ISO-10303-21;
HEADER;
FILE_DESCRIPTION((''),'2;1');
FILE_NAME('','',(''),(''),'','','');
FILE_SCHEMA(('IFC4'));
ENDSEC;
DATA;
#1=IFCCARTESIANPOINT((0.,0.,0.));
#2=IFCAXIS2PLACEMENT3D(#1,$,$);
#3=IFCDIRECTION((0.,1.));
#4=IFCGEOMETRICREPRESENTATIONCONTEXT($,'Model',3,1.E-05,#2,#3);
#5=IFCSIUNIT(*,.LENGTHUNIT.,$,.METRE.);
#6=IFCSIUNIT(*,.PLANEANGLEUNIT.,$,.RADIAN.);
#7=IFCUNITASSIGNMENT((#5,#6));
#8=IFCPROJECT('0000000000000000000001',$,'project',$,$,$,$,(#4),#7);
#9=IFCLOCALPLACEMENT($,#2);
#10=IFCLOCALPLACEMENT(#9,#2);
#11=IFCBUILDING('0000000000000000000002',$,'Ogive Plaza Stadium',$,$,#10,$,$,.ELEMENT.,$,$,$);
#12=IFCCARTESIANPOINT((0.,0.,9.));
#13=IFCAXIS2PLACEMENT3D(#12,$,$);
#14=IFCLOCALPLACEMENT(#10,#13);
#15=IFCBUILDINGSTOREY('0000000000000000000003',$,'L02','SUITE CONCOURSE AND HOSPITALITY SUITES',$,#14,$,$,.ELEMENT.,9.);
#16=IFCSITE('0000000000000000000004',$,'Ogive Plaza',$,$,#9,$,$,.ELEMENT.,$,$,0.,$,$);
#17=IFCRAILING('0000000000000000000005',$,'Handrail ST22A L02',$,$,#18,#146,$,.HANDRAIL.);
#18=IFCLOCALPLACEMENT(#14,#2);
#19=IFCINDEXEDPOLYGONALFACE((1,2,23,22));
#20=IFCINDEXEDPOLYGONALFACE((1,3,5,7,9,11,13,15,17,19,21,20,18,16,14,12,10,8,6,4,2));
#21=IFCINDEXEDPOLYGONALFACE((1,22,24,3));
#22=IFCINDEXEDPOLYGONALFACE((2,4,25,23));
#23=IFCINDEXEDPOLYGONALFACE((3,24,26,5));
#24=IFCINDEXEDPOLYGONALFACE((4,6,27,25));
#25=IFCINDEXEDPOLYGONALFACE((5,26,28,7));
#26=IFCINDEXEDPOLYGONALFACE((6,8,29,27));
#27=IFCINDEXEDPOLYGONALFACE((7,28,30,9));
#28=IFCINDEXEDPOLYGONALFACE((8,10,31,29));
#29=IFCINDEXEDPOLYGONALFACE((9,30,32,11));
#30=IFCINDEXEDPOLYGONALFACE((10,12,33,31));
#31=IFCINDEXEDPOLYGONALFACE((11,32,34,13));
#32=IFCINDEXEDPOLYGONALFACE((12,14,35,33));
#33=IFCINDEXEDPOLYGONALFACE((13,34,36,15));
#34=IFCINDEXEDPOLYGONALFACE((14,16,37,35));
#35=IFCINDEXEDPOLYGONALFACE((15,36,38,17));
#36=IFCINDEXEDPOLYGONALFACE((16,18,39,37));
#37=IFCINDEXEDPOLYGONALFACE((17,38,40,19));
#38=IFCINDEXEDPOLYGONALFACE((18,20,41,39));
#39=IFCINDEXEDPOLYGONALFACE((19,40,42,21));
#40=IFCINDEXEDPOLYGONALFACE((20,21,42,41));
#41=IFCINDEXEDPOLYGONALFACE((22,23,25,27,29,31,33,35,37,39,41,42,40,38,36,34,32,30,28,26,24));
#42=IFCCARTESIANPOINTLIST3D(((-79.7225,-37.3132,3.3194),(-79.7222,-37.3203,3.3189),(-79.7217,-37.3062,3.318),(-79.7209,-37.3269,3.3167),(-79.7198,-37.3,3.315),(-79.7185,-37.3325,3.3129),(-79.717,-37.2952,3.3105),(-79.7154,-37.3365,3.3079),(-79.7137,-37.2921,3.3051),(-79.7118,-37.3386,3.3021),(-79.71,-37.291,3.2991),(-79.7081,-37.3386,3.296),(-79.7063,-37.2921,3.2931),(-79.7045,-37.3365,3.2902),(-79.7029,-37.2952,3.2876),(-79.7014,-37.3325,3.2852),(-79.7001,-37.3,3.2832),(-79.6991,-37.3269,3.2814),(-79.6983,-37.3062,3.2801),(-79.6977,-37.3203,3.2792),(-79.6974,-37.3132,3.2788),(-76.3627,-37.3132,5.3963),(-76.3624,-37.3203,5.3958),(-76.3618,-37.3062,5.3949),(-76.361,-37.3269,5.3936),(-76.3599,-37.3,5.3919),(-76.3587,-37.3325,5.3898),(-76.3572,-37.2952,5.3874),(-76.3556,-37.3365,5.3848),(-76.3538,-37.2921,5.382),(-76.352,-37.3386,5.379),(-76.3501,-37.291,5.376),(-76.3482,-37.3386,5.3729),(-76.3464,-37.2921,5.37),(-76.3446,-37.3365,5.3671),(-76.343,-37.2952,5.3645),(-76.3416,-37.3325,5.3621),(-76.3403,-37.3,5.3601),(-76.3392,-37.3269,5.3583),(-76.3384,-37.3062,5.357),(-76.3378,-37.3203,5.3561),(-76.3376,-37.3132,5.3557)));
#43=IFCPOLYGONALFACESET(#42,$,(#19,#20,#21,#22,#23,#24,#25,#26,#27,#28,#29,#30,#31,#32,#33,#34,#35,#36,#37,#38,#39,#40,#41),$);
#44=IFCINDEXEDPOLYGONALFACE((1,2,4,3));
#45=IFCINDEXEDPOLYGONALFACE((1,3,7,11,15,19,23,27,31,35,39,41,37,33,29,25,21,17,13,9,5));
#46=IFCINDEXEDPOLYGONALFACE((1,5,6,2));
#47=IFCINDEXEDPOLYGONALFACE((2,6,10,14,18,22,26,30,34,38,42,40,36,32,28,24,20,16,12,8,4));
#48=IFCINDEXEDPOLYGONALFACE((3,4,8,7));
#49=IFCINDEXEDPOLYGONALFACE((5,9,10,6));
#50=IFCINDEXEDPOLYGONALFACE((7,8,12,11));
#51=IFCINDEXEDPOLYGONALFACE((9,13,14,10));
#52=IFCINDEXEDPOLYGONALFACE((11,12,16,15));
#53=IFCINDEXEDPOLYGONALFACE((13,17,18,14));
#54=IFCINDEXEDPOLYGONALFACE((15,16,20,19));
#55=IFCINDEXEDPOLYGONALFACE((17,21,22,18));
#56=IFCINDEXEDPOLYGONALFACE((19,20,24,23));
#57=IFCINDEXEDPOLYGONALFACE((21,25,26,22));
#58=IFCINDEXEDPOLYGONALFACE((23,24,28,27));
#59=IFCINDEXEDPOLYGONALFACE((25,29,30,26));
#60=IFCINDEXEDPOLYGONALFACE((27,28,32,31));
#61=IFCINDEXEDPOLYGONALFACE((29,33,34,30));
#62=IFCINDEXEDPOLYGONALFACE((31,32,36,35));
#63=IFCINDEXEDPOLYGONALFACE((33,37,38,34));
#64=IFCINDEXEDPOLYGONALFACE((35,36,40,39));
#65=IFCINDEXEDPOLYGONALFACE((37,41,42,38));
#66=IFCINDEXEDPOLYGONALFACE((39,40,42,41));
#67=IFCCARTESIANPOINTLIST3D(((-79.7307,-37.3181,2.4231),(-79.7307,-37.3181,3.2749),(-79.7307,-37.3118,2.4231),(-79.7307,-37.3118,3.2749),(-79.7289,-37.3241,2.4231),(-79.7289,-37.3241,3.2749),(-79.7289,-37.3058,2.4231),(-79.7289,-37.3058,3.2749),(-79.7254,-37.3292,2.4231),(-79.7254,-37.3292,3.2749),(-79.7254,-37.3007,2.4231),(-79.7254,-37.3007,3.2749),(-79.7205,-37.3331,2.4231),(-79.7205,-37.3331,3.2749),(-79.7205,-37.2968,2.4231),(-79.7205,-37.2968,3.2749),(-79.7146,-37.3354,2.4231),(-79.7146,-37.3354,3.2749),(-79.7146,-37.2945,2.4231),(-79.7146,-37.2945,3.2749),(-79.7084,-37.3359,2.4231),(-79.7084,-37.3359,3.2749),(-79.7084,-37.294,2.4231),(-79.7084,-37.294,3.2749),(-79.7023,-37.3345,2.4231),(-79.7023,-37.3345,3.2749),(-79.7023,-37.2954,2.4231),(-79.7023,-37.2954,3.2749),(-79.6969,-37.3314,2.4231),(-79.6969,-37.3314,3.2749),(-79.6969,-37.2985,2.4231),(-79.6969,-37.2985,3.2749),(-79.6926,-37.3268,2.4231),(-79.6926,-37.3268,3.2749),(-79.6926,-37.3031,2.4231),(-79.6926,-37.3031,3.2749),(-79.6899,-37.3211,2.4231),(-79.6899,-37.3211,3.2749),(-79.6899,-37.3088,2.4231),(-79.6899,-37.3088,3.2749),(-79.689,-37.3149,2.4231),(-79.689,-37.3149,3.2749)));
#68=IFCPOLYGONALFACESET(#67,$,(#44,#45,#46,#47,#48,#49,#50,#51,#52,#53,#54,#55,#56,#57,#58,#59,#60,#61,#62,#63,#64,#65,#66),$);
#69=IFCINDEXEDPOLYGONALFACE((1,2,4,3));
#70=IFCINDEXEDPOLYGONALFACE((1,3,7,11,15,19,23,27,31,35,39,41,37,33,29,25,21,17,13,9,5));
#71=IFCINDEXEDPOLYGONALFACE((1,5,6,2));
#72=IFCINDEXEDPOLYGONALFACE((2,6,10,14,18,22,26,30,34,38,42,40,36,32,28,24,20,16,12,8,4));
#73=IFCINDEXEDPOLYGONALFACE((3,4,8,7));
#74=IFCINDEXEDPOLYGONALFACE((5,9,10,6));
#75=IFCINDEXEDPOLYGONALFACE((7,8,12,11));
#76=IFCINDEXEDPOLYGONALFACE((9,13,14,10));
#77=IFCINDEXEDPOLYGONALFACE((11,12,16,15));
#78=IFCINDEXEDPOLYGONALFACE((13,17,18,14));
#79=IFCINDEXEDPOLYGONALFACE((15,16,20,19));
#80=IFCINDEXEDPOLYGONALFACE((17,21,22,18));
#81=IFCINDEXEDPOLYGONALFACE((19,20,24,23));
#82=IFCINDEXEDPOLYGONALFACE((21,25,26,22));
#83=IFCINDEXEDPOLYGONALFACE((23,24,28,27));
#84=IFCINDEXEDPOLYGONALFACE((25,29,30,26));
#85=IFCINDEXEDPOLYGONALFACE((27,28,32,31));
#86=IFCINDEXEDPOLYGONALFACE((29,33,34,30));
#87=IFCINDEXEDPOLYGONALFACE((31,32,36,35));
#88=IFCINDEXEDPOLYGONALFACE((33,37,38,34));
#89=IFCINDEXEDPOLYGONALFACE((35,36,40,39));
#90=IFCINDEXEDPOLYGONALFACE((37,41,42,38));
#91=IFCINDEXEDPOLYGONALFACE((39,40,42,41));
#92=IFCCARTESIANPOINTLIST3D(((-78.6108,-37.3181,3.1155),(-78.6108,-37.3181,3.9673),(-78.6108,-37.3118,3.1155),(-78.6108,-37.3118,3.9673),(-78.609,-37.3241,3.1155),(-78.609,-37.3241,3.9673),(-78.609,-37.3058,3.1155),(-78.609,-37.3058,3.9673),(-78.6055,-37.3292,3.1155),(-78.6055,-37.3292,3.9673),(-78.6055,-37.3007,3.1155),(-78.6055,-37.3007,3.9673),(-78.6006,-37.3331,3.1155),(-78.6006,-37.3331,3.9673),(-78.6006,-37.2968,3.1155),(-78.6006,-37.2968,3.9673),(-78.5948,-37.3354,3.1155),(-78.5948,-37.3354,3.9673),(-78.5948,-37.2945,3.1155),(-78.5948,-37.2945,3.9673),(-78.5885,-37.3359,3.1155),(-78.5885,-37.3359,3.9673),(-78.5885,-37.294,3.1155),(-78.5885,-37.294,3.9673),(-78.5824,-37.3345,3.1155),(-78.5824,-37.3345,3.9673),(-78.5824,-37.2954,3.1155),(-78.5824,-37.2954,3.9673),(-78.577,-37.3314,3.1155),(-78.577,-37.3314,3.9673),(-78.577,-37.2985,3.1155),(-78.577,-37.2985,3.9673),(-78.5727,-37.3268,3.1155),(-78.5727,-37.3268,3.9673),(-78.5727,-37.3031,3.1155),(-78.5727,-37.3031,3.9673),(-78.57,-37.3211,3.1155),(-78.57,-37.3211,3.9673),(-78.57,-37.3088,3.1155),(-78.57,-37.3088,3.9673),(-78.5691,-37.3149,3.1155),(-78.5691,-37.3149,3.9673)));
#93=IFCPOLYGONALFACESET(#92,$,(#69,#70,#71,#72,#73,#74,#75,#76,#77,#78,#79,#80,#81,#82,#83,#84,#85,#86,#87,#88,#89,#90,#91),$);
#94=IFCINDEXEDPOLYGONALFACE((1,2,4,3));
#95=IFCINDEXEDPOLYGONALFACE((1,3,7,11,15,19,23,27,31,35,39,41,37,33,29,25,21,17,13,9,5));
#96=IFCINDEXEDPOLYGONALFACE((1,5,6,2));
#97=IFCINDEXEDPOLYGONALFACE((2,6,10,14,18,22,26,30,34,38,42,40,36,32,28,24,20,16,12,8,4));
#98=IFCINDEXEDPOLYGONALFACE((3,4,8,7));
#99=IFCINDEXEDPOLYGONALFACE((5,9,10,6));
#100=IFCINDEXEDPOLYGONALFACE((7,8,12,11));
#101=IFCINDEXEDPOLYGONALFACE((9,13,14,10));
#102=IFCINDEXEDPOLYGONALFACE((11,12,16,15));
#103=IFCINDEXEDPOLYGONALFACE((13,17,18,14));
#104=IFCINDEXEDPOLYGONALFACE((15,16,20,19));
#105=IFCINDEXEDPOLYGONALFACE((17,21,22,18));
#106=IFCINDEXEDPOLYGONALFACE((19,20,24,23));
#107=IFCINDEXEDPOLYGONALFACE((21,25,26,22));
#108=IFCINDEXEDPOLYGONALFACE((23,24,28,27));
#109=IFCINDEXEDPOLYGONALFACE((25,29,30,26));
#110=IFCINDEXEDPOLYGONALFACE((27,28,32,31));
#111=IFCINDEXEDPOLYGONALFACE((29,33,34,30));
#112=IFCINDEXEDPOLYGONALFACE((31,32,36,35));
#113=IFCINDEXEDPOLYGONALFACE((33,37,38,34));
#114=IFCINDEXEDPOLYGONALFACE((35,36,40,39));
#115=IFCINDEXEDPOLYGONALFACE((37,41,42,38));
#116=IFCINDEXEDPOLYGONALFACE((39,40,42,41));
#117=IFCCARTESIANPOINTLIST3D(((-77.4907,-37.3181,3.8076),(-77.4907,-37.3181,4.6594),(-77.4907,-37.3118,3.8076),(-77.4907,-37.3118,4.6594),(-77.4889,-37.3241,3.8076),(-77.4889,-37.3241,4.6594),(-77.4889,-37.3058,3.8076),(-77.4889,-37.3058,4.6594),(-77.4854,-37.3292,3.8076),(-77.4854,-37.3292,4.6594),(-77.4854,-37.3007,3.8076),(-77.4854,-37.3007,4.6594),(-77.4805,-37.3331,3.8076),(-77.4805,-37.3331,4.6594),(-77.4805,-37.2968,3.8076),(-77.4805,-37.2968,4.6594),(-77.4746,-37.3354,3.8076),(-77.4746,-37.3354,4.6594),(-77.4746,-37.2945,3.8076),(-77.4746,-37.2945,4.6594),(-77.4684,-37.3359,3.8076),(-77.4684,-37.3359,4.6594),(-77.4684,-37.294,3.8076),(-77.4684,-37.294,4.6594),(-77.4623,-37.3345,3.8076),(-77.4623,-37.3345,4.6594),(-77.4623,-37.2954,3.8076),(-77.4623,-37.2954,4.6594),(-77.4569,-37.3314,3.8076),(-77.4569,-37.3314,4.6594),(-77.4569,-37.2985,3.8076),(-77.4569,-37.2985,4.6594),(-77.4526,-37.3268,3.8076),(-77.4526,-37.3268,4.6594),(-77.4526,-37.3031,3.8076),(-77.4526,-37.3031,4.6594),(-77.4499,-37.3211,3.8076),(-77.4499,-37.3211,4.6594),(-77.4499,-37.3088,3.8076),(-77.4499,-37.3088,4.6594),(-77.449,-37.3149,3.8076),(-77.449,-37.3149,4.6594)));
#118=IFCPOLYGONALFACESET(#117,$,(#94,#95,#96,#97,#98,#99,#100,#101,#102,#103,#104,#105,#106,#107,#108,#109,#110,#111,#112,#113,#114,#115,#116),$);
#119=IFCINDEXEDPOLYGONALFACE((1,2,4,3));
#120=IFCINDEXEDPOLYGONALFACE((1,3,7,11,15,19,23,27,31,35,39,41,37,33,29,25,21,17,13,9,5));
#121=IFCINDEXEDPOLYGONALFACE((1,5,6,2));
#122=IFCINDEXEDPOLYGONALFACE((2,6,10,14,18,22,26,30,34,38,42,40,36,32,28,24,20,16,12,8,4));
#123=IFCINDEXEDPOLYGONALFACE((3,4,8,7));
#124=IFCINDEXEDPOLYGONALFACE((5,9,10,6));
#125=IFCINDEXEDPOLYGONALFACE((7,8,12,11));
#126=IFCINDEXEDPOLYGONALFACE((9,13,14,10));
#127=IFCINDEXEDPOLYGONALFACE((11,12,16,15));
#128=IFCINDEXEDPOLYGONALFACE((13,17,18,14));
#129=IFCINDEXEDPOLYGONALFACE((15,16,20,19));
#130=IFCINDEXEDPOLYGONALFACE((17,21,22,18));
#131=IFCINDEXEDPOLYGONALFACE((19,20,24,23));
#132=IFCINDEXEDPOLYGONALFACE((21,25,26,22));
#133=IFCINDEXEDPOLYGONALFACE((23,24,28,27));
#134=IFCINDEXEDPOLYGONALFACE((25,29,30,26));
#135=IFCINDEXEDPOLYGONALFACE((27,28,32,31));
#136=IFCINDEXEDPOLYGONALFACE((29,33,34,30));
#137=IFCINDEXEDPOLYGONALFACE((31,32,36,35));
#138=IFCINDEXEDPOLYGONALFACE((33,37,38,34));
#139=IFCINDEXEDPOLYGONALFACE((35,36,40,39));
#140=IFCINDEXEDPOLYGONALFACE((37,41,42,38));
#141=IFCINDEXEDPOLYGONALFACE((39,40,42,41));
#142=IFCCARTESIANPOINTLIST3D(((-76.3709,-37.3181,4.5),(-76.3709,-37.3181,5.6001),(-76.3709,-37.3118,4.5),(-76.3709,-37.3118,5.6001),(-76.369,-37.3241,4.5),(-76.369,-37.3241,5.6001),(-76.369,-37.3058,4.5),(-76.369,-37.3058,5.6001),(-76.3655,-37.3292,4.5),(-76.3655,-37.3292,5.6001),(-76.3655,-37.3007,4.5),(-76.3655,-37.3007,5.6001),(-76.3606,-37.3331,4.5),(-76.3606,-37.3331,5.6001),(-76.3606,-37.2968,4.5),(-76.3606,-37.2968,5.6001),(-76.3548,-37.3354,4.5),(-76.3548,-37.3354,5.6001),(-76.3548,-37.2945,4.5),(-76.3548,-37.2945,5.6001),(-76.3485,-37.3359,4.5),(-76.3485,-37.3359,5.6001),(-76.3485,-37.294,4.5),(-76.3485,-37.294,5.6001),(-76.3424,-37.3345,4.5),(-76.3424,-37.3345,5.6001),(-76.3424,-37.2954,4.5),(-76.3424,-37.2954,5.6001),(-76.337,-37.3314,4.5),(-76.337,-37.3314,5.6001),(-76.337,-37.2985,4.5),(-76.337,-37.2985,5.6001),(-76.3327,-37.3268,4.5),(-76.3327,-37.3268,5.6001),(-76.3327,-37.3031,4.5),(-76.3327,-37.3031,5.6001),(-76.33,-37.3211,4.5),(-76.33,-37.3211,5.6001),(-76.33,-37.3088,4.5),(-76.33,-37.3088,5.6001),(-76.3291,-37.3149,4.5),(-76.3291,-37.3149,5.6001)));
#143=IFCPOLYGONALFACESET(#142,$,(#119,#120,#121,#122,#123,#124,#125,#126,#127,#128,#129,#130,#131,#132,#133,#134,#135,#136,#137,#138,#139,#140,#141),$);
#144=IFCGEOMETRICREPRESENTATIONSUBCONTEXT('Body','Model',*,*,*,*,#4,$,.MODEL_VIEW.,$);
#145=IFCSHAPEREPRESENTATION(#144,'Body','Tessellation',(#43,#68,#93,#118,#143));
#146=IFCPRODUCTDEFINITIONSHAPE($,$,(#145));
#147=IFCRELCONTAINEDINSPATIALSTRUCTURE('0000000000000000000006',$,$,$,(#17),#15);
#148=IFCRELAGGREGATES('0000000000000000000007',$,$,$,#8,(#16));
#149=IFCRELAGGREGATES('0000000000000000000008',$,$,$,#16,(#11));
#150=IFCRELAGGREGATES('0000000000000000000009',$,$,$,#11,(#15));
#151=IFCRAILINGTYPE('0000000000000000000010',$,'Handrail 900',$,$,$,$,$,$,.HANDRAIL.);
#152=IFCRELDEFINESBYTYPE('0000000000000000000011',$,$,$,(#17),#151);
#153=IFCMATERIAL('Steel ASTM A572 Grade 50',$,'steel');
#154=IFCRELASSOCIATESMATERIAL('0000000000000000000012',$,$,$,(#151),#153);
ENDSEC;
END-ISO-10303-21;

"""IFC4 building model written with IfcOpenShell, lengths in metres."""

from ifc_helpers import new_model, si_unit, direction, frame, origin, origin_2d, place, context, subcontext, project, spatial, circle, extrude, material, type_object, element, save


model = new_model("IFC4")

# Units and contexts
model_context = context("Model", 3, precision=1e-05, world=origin(), true_north=direction((0.0, 1.0)))
body_context = subcontext(model_context, "Body", "Model", "MODEL_VIEW")
ifc_project = project(units=[si_unit("LENGTHUNIT", "METRE"), si_unit("PLANEANGLEUNIT", "RADIAN")], contexts=[model_context])

# Site, building, storey
site_placement = place(None, origin())
site = spatial("IfcSite", under=ifc_project, at=site_placement, Name="Ogive Plaza", CompositionType="ELEMENT", RefElevation=0.0)
building_placement = place(site_placement, origin())
building = spatial("IfcBuilding", under=site, at=building_placement, Name="Ogive Plaza Stadium", CompositionType="ELEMENT")
storey_placement = place(building_placement, frame((0.0, 0.0, 9.0)))
storey = spatial("IfcBuildingStorey", under=building, at=storey_placement, Name="L02", Description="SUITE CONCOURSE AND HOSPITALITY SUITES", CompositionType="ELEMENT", Elevation=9.0)

# Railing
ifc_material_1 = material(Name="Steel ASTM A572 Grade 50", Category="steel")
railing_type_1 = type_object("IfcRailingType", Name="Handrail 900", PredefinedType="HANDRAIL", material=ifc_material_1)
for number, where, name in (
    (1, (-79.71, -37.3149, 2.4231), "Handrail ST22A L02"),
):
    element("IfcRailing", number, at=place(storey_placement, frame(where)), inside=storey, type_object=railing_type_1, Name=name, PredefinedType="HANDRAIL", context=body_context, shape_type="SweptSolid", body=[
        extrude(circle(Radius=0.0239, at=origin_2d()), frame((0.0, 0.0, 0.876), z_axis=(0.850606, 0.0, 0.525803), x_axis=(0.0, 1.0, 0.0)), (0.0, 0.0, 1.0), 3.95),
        extrude(circle(Radius=0.021, at=origin_2d()), origin(), (0.0, 0.0, 1.0), 0.8518),
        extrude(circle(Radius=0.021, at=origin_2d()), frame((1.1199, 0.0, 0.6924)), (0.0, 0.0, 1.0), 0.8518),
        extrude(circle(Radius=0.021, at=origin_2d()), frame((2.24, 0.0, 1.3845)), (0.0, 0.0, 1.0), 0.8518),
        extrude(circle(Radius=0.021, at=origin_2d()), frame((3.3599, 0.0, 2.0769)), (0.0, 0.0, 1.0), 1.1001),
    ])

save(model, "model.ifc")
